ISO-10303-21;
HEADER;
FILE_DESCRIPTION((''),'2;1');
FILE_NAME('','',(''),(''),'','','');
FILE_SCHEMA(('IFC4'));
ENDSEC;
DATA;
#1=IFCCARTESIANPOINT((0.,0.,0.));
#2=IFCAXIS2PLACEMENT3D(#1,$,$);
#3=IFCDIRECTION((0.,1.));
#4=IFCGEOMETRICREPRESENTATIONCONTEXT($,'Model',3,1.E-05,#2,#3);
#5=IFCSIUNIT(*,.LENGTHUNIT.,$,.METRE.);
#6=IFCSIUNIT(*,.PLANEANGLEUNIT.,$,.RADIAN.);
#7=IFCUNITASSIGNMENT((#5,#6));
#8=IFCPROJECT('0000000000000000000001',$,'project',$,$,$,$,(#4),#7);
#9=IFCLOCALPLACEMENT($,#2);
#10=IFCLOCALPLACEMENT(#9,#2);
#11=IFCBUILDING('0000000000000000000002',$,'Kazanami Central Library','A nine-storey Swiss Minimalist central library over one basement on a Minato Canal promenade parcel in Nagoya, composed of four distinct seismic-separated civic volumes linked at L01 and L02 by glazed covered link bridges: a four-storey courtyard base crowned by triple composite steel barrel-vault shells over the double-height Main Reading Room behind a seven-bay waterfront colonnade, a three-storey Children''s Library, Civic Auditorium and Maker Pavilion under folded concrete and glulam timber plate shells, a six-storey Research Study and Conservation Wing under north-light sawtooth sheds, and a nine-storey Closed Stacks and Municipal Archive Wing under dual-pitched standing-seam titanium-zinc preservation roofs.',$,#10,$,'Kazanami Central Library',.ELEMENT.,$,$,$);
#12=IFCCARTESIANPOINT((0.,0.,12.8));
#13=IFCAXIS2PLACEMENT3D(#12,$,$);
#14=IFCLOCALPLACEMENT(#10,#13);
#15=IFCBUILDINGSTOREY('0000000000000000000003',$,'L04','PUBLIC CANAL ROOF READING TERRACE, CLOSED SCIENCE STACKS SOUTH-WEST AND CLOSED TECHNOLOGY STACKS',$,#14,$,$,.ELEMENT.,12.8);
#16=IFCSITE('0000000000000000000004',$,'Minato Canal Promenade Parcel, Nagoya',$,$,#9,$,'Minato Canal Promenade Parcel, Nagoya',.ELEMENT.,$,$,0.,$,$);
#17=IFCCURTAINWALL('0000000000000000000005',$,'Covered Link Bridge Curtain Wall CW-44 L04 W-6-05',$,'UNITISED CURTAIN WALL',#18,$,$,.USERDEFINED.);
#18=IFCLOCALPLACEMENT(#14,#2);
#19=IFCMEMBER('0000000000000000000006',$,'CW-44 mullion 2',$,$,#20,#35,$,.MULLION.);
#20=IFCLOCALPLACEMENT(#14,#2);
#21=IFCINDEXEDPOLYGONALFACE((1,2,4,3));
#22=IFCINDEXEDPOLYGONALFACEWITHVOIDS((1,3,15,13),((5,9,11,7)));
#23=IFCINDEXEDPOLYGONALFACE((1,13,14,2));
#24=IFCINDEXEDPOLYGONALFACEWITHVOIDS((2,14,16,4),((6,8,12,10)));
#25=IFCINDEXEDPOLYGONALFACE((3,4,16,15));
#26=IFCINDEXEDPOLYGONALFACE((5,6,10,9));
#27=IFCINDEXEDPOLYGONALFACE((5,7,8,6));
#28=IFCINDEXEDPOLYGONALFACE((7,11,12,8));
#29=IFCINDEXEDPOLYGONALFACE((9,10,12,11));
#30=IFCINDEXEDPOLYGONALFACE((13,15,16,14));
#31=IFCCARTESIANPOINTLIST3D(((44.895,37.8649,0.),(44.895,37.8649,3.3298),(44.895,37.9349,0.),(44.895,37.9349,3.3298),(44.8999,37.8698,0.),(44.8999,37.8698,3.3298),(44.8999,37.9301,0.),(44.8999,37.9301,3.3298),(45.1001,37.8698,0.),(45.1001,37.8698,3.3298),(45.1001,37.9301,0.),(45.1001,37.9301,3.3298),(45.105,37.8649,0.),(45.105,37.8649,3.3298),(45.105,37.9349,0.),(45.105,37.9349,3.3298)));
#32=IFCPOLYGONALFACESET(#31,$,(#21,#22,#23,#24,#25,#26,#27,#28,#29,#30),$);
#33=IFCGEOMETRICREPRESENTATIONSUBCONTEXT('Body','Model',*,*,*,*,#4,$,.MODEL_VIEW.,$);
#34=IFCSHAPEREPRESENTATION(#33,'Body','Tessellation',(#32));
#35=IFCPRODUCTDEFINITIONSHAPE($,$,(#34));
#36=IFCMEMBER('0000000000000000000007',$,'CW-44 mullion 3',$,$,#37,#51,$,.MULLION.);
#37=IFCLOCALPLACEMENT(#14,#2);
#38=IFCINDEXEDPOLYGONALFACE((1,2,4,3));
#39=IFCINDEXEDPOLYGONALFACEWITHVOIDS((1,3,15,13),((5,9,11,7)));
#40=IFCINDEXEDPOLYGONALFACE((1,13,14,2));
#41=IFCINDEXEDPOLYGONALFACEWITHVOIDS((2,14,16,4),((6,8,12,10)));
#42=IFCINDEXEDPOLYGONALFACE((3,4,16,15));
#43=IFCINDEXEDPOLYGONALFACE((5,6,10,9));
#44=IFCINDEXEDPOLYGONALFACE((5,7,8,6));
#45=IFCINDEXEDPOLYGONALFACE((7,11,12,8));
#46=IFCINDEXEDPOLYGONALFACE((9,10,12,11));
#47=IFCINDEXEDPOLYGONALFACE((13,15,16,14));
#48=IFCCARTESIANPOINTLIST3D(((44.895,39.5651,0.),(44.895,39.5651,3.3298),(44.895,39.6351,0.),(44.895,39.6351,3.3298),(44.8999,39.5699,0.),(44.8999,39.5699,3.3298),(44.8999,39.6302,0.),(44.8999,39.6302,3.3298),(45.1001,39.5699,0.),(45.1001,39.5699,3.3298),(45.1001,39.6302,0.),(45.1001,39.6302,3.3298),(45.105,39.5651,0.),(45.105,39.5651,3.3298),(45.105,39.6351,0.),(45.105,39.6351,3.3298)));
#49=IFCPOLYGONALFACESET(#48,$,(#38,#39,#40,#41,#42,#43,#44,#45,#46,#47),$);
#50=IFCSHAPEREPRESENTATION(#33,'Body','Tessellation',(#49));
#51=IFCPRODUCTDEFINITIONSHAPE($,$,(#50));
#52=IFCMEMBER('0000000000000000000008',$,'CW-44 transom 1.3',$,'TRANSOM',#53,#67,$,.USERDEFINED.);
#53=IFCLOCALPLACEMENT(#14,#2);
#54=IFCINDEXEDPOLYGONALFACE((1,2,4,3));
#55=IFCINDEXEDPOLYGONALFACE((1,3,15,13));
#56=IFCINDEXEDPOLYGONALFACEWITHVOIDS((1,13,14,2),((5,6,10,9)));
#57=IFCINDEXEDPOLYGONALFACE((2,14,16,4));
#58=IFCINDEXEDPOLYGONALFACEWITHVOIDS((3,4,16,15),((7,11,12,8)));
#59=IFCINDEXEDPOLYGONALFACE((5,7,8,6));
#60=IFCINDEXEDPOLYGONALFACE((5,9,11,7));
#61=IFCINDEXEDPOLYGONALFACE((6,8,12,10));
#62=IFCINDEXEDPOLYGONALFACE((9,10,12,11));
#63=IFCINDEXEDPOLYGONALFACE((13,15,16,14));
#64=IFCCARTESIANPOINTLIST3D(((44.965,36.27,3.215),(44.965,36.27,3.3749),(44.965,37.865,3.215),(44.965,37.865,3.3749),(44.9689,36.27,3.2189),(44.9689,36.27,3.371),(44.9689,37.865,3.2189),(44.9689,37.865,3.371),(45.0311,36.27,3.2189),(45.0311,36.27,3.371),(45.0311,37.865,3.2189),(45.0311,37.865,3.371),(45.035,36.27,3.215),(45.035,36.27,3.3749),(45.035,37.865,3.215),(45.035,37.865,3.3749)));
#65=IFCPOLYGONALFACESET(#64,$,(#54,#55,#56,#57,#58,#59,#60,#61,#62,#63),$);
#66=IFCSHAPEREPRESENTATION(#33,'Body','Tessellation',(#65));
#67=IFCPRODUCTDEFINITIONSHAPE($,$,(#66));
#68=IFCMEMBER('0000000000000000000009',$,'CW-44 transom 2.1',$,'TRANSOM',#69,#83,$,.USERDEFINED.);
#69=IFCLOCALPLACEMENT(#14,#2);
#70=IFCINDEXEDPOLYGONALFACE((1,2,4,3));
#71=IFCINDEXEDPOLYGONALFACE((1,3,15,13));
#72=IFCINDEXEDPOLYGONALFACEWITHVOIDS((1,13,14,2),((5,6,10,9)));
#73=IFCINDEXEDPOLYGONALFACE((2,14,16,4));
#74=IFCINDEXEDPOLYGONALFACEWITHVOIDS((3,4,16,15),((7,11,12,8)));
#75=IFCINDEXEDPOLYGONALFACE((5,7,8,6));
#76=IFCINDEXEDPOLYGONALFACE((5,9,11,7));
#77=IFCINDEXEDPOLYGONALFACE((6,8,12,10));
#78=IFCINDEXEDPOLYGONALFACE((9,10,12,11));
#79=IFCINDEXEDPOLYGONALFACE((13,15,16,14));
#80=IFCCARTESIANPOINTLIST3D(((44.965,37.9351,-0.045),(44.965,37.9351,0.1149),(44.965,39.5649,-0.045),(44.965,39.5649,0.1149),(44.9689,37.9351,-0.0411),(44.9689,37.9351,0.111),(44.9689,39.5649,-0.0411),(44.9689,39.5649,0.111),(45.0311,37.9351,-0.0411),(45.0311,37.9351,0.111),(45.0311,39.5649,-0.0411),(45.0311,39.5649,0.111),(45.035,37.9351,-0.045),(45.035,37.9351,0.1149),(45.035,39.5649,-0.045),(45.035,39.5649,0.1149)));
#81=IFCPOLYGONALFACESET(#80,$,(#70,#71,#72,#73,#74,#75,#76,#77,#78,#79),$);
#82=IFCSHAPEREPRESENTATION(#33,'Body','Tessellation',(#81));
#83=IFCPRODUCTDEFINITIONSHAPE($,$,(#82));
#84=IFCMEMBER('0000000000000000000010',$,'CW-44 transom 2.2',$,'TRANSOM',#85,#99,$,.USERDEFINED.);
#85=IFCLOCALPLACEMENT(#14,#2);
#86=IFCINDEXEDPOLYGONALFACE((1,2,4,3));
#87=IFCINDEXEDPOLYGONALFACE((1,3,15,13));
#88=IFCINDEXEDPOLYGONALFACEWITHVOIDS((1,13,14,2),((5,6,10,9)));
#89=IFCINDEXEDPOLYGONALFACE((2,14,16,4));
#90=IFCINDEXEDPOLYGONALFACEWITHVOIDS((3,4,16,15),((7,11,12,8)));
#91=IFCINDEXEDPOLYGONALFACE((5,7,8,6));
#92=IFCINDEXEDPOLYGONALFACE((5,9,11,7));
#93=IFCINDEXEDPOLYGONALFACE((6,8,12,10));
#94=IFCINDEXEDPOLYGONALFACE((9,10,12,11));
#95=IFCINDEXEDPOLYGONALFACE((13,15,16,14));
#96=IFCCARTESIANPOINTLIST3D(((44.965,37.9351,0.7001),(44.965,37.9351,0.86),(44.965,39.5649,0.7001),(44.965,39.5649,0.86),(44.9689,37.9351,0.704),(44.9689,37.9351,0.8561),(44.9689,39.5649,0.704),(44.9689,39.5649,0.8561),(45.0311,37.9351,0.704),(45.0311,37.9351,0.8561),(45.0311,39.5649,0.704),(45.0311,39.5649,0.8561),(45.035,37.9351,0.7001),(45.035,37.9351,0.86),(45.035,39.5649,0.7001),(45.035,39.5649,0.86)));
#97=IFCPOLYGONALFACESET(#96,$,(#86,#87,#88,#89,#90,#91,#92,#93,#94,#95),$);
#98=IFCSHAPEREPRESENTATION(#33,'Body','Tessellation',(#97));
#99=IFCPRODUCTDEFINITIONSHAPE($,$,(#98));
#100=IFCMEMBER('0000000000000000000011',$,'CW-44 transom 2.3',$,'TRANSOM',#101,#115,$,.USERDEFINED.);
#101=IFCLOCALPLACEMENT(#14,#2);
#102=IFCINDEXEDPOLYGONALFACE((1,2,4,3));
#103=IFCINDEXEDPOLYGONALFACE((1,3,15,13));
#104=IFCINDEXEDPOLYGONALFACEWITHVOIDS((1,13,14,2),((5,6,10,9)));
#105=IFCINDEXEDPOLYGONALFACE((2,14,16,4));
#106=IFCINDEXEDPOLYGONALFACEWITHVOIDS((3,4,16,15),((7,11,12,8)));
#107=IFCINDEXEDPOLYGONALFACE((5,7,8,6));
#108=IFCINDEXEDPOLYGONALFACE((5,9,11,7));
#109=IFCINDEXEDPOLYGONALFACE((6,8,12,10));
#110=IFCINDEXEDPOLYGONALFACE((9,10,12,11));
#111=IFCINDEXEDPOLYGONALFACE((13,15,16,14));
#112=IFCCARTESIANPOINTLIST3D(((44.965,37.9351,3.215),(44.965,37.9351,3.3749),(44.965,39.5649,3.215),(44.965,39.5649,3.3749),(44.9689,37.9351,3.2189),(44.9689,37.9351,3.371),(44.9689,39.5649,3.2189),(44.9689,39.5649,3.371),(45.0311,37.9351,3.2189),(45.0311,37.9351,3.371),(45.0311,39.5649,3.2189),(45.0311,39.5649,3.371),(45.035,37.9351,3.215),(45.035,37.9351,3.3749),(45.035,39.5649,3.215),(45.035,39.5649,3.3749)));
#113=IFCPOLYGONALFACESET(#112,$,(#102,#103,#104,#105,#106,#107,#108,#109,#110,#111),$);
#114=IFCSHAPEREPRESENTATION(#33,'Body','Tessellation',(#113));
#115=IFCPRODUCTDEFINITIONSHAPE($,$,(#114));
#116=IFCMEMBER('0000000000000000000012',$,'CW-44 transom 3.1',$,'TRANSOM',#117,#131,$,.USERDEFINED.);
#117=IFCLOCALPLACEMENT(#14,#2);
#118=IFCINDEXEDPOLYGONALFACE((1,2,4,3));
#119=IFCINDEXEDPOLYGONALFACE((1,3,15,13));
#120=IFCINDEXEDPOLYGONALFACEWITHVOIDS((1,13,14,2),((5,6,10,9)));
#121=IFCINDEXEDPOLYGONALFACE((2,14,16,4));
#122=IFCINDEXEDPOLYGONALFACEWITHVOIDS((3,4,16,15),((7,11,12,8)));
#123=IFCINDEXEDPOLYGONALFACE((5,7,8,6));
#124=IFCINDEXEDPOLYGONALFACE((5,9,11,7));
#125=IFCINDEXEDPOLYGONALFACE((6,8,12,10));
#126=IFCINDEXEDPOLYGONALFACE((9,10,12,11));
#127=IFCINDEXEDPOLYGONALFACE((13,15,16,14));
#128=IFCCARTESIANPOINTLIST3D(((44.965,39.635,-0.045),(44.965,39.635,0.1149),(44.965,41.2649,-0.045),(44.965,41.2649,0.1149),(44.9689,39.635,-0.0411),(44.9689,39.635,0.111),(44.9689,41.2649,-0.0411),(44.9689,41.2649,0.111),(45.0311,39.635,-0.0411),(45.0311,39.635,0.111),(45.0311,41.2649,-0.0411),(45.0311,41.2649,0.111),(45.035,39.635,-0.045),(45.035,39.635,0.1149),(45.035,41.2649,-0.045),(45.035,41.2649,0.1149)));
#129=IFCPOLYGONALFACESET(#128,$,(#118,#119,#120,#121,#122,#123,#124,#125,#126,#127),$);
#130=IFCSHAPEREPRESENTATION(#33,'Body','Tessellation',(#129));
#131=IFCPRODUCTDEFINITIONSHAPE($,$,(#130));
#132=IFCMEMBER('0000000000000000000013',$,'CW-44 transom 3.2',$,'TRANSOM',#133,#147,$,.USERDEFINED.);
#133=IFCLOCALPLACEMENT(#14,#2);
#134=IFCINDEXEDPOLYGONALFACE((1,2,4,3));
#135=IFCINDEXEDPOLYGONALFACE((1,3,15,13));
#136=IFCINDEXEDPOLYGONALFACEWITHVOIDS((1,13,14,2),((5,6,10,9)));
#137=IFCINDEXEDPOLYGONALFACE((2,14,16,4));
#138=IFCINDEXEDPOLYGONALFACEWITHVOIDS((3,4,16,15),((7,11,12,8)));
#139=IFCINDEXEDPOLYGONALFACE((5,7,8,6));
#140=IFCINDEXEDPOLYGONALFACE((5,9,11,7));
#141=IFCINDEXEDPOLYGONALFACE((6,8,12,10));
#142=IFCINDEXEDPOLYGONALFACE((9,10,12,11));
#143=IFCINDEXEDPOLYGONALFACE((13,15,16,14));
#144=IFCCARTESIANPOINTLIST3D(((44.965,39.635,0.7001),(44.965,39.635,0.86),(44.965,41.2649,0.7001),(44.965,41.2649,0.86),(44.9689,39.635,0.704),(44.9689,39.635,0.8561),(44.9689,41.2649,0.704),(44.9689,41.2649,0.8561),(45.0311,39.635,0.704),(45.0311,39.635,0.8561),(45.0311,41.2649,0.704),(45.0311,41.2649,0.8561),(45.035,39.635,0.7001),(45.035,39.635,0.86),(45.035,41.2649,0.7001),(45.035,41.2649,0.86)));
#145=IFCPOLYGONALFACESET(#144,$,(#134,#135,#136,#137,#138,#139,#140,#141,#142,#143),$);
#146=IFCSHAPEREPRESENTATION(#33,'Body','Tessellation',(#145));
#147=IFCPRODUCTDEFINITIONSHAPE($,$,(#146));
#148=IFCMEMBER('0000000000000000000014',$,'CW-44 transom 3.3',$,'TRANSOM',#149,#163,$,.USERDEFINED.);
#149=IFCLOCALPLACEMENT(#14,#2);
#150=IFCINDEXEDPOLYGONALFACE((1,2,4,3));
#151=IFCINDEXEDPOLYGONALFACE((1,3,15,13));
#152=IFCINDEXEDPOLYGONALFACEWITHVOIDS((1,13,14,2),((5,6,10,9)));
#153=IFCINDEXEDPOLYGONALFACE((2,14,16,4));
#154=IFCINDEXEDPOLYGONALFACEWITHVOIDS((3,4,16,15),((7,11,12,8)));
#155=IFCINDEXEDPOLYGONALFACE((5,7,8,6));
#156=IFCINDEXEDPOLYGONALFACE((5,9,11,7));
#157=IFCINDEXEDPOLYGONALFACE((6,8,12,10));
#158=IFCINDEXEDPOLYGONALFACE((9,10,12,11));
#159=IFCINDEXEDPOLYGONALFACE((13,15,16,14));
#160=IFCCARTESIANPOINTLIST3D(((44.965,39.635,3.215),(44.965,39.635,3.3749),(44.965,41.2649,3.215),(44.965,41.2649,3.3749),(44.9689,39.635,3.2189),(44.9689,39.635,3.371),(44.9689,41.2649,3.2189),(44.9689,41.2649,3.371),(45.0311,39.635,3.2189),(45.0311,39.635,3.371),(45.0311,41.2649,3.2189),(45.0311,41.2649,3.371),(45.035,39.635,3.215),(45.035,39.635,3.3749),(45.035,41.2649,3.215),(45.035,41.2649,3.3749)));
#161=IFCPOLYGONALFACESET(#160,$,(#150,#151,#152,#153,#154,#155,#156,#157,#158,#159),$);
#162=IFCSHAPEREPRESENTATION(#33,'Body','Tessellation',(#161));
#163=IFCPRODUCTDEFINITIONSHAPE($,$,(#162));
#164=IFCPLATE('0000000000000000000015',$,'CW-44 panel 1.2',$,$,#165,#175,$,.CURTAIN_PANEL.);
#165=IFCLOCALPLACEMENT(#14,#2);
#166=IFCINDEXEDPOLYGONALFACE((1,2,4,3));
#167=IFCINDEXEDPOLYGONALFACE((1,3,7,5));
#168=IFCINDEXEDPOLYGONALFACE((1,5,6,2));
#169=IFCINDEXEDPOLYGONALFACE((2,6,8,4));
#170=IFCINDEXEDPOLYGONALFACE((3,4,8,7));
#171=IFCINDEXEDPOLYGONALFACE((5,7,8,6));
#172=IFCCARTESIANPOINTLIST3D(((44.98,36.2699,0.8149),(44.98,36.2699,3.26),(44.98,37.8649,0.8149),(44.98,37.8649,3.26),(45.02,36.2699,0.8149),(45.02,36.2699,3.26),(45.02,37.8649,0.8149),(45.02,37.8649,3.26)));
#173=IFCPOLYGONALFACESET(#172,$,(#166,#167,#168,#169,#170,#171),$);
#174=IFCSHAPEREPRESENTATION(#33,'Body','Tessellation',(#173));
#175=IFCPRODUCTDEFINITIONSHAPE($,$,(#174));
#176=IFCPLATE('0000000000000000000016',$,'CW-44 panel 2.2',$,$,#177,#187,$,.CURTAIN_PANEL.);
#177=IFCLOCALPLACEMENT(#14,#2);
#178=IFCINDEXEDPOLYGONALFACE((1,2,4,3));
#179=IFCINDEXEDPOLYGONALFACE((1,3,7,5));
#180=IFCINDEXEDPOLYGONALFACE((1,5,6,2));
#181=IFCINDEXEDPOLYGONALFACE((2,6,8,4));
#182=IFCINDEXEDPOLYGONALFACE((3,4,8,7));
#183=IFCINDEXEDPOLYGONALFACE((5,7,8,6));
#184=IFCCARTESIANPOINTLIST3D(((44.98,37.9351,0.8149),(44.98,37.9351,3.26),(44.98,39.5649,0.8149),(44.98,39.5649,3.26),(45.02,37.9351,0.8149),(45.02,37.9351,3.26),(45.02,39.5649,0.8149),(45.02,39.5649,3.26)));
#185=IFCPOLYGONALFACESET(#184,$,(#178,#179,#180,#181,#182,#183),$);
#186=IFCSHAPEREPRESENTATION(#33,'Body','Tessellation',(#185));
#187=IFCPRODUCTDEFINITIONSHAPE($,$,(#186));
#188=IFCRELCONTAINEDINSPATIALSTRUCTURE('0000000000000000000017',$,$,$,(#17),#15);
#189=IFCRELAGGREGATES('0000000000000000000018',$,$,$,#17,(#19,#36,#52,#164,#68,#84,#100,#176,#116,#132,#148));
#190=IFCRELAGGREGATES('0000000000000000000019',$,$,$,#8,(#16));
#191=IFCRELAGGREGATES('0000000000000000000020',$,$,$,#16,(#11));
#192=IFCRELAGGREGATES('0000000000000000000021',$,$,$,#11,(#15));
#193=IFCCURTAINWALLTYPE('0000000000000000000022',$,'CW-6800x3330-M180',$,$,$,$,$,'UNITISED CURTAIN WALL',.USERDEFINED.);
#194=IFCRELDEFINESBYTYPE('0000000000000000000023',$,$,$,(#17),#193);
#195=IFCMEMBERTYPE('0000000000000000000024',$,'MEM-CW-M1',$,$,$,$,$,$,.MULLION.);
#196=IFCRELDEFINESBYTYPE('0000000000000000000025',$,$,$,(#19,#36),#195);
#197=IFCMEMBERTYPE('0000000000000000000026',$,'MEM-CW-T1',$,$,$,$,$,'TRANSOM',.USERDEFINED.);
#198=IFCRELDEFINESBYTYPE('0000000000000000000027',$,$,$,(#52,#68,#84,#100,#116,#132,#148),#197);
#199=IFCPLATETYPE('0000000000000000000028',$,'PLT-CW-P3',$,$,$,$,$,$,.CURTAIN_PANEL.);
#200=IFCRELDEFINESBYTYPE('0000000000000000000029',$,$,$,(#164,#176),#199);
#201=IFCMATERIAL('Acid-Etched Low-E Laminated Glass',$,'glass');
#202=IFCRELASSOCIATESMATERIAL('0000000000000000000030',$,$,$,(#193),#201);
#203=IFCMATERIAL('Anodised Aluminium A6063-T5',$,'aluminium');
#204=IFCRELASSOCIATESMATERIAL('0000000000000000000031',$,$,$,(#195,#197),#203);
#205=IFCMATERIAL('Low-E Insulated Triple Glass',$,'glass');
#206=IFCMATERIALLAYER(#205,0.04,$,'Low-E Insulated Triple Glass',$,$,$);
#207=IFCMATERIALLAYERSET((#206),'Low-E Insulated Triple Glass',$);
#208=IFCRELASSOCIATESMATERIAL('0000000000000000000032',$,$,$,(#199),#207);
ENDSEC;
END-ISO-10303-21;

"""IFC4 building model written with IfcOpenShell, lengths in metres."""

from ifc_helpers import new_model, si_unit, direction, frame, origin, origin_2d, place, context, subcontext, project, spatial, rectangle, hollow_rectangle, extrude, material, layer, layer_set, material_profile, profile_set, type_object, element, aggregate, save


model = new_model("IFC4")

# Units and contexts
model_context = context("Model", 3, precision=1e-05, world=origin(), true_north=direction((0.0, 1.0)))
body_context = subcontext(model_context, "Body", "Model", "MODEL_VIEW")
ifc_project = project(units=[si_unit("LENGTHUNIT", "METRE"), si_unit("PLANEANGLEUNIT", "RADIAN")], contexts=[model_context])

# Site, building, storey
site_placement = place(None, origin())
site = spatial("IfcSite", under=ifc_project, at=site_placement, Name="Minato Canal Promenade Parcel, Nagoya", LongName="Minato Canal Promenade Parcel, Nagoya", CompositionType="ELEMENT", RefElevation=0.0)
building_placement = place(site_placement, origin())
building = spatial("IfcBuilding", under=site, at=building_placement, Name="Kazanami Central Library", Description="A nine-storey Swiss Minimalist central library over one basement on a Minato Canal promenade parcel in Nagoya, composed of four distinct seismic-separated civic volumes linked at L01 and L02 by glazed covered link bridges: a four-storey courtyard base crowned by triple composite steel barrel-vault shells over the double-height Main Reading Room behind a seven-bay waterfront colonnade, a three-storey Children's Library, Civic Auditorium and Maker Pavilion under folded concrete and glulam timber plate shells, a six-storey Research Study and Conservation Wing under north-light sawtooth sheds, and a nine-storey Closed Stacks and Municipal Archive Wing under dual-pitched standing-seam titanium-zinc preservation roofs.", LongName="Kazanami Central Library", CompositionType="ELEMENT")
storey_placement = place(building_placement, frame((0.0, 0.0, 12.8)))
storey = spatial("IfcBuildingStorey", under=building, at=storey_placement, Name="L04", Description="PUBLIC CANAL ROOF READING TERRACE, CLOSED SCIENCE STACKS SOUTH-WEST AND CLOSED TECHNOLOGY STACKS", CompositionType="ELEMENT", Elevation=12.8)

# Curtain wall, members, plates
ifc_material_1 = material(Name="Acid-Etched Low-E Laminated Glass", Category="glass")
curtain_wall_type = type_object("IfcCurtainWallType", Name="CW-6800x3330-M180", ElementType="UNITISED CURTAIN WALL", PredefinedType="USERDEFINED", material=ifc_material_1)
curtain_wall_placement = place(storey_placement, origin())
curtain_wall = element("IfcCurtainWall", 1, at=curtain_wall_placement, inside=storey, type_object=curtain_wall_type, Name="Covered Link Bridge Curtain Wall CW-44 L04 W-6-05", ObjectType="UNITISED CURTAIN WALL", PredefinedType="USERDEFINED")
ifc_material_2 = material(Name="Anodised Aluminium A6063-T5", Category="aluminium")
ifc_material_profile_1 = material_profile(ifc_material_2, hollow_rectangle(XDim=0.0701, YDim=0.21, WallThickness=0.0049, at=origin_2d()), Name="ALU-MULL-70x210x5")
ifc_profile_set_1 = profile_set([ifc_material_profile_1], Name="Anodised Aluminium A6063-T5")
member_type_1 = type_object("IfcMemberType", Name="MEM-CW-M1", PredefinedType="MULLION", material=ifc_profile_set_1)
member_1_placement = place(storey_placement, frame((45.0, 37.8999, 0.0), z_axis=(0.0, 0.0, 1.0), x_axis=(0.0, 1.0, 0.0)))
member_1 = element("IfcMember", 2, at=member_1_placement, type_object=member_type_1, Name="CW-44 mullion 2", PredefinedType="MULLION", context=body_context, shape_type="SweptSolid", body=[
    extrude(hollow_rectangle(XDim=0.0701, YDim=0.21, WallThickness=0.0049, at=origin_2d()), origin(), (0.0, 0.0, 1.0), 3.3298),
])
member_2_placement = place(storey_placement, frame((45.0, 39.6001, 0.0), z_axis=(0.0, 0.0, 1.0), x_axis=(0.0, 1.0, 0.0)))
member_2 = element("IfcMember", 3, at=member_2_placement, type_object=member_type_1, Name="CW-44 mullion 3", PredefinedType="MULLION", context=body_context, shape_type="SweptSolid", body=[
    extrude(hollow_rectangle(XDim=0.0701, YDim=0.21, WallThickness=0.0049, at=origin_2d()), origin(), (0.0, 0.0, 1.0), 3.3298),
])
ifc_material_profile_2 = material_profile(ifc_material_2, hollow_rectangle(XDim=0.0701, YDim=0.1599, WallThickness=0.0039, at=origin_2d()), Name="ALU-TRAN-70x160x4")
ifc_profile_set_2 = profile_set([ifc_material_profile_2], Name="Anodised Aluminium A6063-T5")
member_type_2 = type_object("IfcMemberType", Name="MEM-CW-T1", ElementType="TRANSOM", PredefinedType="USERDEFINED", material=ifc_profile_set_2)
member_3_placement = place(storey_placement, frame((45.0, 36.27, 3.2949), z_axis=(0.0, 1.0, 0.0), x_axis=(-1.0, 0.0, 0.0)))
member_3 = element("IfcMember", 4, at=member_3_placement, type_object=member_type_2, Name="CW-44 transom 1.3", ObjectType="TRANSOM", PredefinedType="USERDEFINED", context=body_context, shape_type="SweptSolid", body=[
    extrude(hollow_rectangle(XDim=0.0701, YDim=0.1599, WallThickness=0.0039, at=origin_2d()), origin(), (0.0, 0.0, 1.0), 1.595),
])
member_4_placement = place(storey_placement, frame((45.0, 37.9351, 0.0349), z_axis=(0.0, 1.0, 0.0), x_axis=(-1.0, 0.0, 0.0)))
member_4 = element("IfcMember", 5, at=member_4_placement, type_object=member_type_2, Name="CW-44 transom 2.1", ObjectType="TRANSOM", PredefinedType="USERDEFINED", context=body_context, shape_type="SweptSolid", body=[
    extrude(hollow_rectangle(XDim=0.0701, YDim=0.1599, WallThickness=0.0039, at=origin_2d()), origin(), (0.0, 0.0, 1.0), 1.6299),
])
member_5_placement = place(storey_placement, frame((45.0, 37.9351, 0.78), z_axis=(0.0, 1.0, 0.0), x_axis=(-1.0, 0.0, 0.0)))
member_5 = element("IfcMember", 6, at=member_5_placement, type_object=member_type_2, Name="CW-44 transom 2.2", ObjectType="TRANSOM", PredefinedType="USERDEFINED", context=body_context, shape_type="SweptSolid", body=[
    extrude(hollow_rectangle(XDim=0.0701, YDim=0.1599, WallThickness=0.0039, at=origin_2d()), origin(), (0.0, 0.0, 1.0), 1.6299),
])
member_6_placement = place(storey_placement, frame((45.0, 37.9351, 3.2949), z_axis=(0.0, 1.0, 0.0), x_axis=(-1.0, 0.0, 0.0)))
member_6 = element("IfcMember", 7, at=member_6_placement, type_object=member_type_2, Name="CW-44 transom 2.3", ObjectType="TRANSOM", PredefinedType="USERDEFINED", context=body_context, shape_type="SweptSolid", body=[
    extrude(hollow_rectangle(XDim=0.0701, YDim=0.1599, WallThickness=0.0039, at=origin_2d()), origin(), (0.0, 0.0, 1.0), 1.6299),
])
member_7_placement = place(storey_placement, frame((45.0, 39.635, 0.0349), z_axis=(0.0, 1.0, 0.0), x_axis=(-1.0, 0.0, 0.0)))
member_7 = element("IfcMember", 8, at=member_7_placement, type_object=member_type_2, Name="CW-44 transom 3.1", ObjectType="TRANSOM", PredefinedType="USERDEFINED", context=body_context, shape_type="SweptSolid", body=[
    extrude(hollow_rectangle(XDim=0.0701, YDim=0.1599, WallThickness=0.0039, at=origin_2d()), origin(), (0.0, 0.0, 1.0), 1.6299),
])
member_8_placement = place(storey_placement, frame((45.0, 39.635, 0.78), z_axis=(0.0, 1.0, 0.0), x_axis=(-1.0, 0.0, 0.0)))
member_8 = element("IfcMember", 9, at=member_8_placement, type_object=member_type_2, Name="CW-44 transom 3.2", ObjectType="TRANSOM", PredefinedType="USERDEFINED", context=body_context, shape_type="SweptSolid", body=[
    extrude(hollow_rectangle(XDim=0.0701, YDim=0.1599, WallThickness=0.0039, at=origin_2d()), origin(), (0.0, 0.0, 1.0), 1.6299),
])
member_9_placement = place(storey_placement, frame((45.0, 39.635, 3.2949), z_axis=(0.0, 1.0, 0.0), x_axis=(-1.0, 0.0, 0.0)))
member_9 = element("IfcMember", 10, at=member_9_placement, type_object=member_type_2, Name="CW-44 transom 3.3", ObjectType="TRANSOM", PredefinedType="USERDEFINED", context=body_context, shape_type="SweptSolid", body=[
    extrude(hollow_rectangle(XDim=0.0701, YDim=0.1599, WallThickness=0.0039, at=origin_2d()), origin(), (0.0, 0.0, 1.0), 1.6299),
])
ifc_material_3 = material(Name="Low-E Insulated Triple Glass", Category="glass")
ifc_layer_1 = layer(ifc_material_3, 0.04, Name="Low-E Insulated Triple Glass")
ifc_layer_set_1 = layer_set([ifc_layer_1], Name="Low-E Insulated Triple Glass")
plate_type_1 = type_object("IfcPlateType", Name="PLT-CW-P3", PredefinedType="CURTAIN_PANEL", material=ifc_layer_set_1)
plate_1_placement = place(storey_placement, frame((45.0, 37.0674, 0.8149), z_axis=(0.0, 0.0, 1.0), x_axis=(0.0, 1.0, 0.0)))
plate_1 = element("IfcPlate", 11, at=plate_1_placement, type_object=plate_type_1, Name="CW-44 panel 1.2", PredefinedType="CURTAIN_PANEL", context=body_context, shape_type="SweptSolid", body=[
    extrude(rectangle(XDim=1.595, YDim=0.04, at=origin_2d()), origin(), (0.0, 0.0, 1.0), 2.4451),
])
plate_2_placement = place(storey_placement, frame((45.0, 38.75, 0.8149), z_axis=(0.0, 0.0, 1.0), x_axis=(0.0, 1.0, 0.0)))
plate_2 = element("IfcPlate", 12, at=plate_2_placement, type_object=plate_type_1, Name="CW-44 panel 2.2", PredefinedType="CURTAIN_PANEL", context=body_context, shape_type="SweptSolid", body=[
    extrude(rectangle(XDim=1.6299, YDim=0.04, at=origin_2d()), origin(), (0.0, 0.0, 1.0), 2.4451),
])
aggregate(curtain_wall, [member_1, member_2, member_3, plate_1, member_4, member_5, member_6, plate_2, member_7, member_8, member_9])

save(model, "model.ifc")
